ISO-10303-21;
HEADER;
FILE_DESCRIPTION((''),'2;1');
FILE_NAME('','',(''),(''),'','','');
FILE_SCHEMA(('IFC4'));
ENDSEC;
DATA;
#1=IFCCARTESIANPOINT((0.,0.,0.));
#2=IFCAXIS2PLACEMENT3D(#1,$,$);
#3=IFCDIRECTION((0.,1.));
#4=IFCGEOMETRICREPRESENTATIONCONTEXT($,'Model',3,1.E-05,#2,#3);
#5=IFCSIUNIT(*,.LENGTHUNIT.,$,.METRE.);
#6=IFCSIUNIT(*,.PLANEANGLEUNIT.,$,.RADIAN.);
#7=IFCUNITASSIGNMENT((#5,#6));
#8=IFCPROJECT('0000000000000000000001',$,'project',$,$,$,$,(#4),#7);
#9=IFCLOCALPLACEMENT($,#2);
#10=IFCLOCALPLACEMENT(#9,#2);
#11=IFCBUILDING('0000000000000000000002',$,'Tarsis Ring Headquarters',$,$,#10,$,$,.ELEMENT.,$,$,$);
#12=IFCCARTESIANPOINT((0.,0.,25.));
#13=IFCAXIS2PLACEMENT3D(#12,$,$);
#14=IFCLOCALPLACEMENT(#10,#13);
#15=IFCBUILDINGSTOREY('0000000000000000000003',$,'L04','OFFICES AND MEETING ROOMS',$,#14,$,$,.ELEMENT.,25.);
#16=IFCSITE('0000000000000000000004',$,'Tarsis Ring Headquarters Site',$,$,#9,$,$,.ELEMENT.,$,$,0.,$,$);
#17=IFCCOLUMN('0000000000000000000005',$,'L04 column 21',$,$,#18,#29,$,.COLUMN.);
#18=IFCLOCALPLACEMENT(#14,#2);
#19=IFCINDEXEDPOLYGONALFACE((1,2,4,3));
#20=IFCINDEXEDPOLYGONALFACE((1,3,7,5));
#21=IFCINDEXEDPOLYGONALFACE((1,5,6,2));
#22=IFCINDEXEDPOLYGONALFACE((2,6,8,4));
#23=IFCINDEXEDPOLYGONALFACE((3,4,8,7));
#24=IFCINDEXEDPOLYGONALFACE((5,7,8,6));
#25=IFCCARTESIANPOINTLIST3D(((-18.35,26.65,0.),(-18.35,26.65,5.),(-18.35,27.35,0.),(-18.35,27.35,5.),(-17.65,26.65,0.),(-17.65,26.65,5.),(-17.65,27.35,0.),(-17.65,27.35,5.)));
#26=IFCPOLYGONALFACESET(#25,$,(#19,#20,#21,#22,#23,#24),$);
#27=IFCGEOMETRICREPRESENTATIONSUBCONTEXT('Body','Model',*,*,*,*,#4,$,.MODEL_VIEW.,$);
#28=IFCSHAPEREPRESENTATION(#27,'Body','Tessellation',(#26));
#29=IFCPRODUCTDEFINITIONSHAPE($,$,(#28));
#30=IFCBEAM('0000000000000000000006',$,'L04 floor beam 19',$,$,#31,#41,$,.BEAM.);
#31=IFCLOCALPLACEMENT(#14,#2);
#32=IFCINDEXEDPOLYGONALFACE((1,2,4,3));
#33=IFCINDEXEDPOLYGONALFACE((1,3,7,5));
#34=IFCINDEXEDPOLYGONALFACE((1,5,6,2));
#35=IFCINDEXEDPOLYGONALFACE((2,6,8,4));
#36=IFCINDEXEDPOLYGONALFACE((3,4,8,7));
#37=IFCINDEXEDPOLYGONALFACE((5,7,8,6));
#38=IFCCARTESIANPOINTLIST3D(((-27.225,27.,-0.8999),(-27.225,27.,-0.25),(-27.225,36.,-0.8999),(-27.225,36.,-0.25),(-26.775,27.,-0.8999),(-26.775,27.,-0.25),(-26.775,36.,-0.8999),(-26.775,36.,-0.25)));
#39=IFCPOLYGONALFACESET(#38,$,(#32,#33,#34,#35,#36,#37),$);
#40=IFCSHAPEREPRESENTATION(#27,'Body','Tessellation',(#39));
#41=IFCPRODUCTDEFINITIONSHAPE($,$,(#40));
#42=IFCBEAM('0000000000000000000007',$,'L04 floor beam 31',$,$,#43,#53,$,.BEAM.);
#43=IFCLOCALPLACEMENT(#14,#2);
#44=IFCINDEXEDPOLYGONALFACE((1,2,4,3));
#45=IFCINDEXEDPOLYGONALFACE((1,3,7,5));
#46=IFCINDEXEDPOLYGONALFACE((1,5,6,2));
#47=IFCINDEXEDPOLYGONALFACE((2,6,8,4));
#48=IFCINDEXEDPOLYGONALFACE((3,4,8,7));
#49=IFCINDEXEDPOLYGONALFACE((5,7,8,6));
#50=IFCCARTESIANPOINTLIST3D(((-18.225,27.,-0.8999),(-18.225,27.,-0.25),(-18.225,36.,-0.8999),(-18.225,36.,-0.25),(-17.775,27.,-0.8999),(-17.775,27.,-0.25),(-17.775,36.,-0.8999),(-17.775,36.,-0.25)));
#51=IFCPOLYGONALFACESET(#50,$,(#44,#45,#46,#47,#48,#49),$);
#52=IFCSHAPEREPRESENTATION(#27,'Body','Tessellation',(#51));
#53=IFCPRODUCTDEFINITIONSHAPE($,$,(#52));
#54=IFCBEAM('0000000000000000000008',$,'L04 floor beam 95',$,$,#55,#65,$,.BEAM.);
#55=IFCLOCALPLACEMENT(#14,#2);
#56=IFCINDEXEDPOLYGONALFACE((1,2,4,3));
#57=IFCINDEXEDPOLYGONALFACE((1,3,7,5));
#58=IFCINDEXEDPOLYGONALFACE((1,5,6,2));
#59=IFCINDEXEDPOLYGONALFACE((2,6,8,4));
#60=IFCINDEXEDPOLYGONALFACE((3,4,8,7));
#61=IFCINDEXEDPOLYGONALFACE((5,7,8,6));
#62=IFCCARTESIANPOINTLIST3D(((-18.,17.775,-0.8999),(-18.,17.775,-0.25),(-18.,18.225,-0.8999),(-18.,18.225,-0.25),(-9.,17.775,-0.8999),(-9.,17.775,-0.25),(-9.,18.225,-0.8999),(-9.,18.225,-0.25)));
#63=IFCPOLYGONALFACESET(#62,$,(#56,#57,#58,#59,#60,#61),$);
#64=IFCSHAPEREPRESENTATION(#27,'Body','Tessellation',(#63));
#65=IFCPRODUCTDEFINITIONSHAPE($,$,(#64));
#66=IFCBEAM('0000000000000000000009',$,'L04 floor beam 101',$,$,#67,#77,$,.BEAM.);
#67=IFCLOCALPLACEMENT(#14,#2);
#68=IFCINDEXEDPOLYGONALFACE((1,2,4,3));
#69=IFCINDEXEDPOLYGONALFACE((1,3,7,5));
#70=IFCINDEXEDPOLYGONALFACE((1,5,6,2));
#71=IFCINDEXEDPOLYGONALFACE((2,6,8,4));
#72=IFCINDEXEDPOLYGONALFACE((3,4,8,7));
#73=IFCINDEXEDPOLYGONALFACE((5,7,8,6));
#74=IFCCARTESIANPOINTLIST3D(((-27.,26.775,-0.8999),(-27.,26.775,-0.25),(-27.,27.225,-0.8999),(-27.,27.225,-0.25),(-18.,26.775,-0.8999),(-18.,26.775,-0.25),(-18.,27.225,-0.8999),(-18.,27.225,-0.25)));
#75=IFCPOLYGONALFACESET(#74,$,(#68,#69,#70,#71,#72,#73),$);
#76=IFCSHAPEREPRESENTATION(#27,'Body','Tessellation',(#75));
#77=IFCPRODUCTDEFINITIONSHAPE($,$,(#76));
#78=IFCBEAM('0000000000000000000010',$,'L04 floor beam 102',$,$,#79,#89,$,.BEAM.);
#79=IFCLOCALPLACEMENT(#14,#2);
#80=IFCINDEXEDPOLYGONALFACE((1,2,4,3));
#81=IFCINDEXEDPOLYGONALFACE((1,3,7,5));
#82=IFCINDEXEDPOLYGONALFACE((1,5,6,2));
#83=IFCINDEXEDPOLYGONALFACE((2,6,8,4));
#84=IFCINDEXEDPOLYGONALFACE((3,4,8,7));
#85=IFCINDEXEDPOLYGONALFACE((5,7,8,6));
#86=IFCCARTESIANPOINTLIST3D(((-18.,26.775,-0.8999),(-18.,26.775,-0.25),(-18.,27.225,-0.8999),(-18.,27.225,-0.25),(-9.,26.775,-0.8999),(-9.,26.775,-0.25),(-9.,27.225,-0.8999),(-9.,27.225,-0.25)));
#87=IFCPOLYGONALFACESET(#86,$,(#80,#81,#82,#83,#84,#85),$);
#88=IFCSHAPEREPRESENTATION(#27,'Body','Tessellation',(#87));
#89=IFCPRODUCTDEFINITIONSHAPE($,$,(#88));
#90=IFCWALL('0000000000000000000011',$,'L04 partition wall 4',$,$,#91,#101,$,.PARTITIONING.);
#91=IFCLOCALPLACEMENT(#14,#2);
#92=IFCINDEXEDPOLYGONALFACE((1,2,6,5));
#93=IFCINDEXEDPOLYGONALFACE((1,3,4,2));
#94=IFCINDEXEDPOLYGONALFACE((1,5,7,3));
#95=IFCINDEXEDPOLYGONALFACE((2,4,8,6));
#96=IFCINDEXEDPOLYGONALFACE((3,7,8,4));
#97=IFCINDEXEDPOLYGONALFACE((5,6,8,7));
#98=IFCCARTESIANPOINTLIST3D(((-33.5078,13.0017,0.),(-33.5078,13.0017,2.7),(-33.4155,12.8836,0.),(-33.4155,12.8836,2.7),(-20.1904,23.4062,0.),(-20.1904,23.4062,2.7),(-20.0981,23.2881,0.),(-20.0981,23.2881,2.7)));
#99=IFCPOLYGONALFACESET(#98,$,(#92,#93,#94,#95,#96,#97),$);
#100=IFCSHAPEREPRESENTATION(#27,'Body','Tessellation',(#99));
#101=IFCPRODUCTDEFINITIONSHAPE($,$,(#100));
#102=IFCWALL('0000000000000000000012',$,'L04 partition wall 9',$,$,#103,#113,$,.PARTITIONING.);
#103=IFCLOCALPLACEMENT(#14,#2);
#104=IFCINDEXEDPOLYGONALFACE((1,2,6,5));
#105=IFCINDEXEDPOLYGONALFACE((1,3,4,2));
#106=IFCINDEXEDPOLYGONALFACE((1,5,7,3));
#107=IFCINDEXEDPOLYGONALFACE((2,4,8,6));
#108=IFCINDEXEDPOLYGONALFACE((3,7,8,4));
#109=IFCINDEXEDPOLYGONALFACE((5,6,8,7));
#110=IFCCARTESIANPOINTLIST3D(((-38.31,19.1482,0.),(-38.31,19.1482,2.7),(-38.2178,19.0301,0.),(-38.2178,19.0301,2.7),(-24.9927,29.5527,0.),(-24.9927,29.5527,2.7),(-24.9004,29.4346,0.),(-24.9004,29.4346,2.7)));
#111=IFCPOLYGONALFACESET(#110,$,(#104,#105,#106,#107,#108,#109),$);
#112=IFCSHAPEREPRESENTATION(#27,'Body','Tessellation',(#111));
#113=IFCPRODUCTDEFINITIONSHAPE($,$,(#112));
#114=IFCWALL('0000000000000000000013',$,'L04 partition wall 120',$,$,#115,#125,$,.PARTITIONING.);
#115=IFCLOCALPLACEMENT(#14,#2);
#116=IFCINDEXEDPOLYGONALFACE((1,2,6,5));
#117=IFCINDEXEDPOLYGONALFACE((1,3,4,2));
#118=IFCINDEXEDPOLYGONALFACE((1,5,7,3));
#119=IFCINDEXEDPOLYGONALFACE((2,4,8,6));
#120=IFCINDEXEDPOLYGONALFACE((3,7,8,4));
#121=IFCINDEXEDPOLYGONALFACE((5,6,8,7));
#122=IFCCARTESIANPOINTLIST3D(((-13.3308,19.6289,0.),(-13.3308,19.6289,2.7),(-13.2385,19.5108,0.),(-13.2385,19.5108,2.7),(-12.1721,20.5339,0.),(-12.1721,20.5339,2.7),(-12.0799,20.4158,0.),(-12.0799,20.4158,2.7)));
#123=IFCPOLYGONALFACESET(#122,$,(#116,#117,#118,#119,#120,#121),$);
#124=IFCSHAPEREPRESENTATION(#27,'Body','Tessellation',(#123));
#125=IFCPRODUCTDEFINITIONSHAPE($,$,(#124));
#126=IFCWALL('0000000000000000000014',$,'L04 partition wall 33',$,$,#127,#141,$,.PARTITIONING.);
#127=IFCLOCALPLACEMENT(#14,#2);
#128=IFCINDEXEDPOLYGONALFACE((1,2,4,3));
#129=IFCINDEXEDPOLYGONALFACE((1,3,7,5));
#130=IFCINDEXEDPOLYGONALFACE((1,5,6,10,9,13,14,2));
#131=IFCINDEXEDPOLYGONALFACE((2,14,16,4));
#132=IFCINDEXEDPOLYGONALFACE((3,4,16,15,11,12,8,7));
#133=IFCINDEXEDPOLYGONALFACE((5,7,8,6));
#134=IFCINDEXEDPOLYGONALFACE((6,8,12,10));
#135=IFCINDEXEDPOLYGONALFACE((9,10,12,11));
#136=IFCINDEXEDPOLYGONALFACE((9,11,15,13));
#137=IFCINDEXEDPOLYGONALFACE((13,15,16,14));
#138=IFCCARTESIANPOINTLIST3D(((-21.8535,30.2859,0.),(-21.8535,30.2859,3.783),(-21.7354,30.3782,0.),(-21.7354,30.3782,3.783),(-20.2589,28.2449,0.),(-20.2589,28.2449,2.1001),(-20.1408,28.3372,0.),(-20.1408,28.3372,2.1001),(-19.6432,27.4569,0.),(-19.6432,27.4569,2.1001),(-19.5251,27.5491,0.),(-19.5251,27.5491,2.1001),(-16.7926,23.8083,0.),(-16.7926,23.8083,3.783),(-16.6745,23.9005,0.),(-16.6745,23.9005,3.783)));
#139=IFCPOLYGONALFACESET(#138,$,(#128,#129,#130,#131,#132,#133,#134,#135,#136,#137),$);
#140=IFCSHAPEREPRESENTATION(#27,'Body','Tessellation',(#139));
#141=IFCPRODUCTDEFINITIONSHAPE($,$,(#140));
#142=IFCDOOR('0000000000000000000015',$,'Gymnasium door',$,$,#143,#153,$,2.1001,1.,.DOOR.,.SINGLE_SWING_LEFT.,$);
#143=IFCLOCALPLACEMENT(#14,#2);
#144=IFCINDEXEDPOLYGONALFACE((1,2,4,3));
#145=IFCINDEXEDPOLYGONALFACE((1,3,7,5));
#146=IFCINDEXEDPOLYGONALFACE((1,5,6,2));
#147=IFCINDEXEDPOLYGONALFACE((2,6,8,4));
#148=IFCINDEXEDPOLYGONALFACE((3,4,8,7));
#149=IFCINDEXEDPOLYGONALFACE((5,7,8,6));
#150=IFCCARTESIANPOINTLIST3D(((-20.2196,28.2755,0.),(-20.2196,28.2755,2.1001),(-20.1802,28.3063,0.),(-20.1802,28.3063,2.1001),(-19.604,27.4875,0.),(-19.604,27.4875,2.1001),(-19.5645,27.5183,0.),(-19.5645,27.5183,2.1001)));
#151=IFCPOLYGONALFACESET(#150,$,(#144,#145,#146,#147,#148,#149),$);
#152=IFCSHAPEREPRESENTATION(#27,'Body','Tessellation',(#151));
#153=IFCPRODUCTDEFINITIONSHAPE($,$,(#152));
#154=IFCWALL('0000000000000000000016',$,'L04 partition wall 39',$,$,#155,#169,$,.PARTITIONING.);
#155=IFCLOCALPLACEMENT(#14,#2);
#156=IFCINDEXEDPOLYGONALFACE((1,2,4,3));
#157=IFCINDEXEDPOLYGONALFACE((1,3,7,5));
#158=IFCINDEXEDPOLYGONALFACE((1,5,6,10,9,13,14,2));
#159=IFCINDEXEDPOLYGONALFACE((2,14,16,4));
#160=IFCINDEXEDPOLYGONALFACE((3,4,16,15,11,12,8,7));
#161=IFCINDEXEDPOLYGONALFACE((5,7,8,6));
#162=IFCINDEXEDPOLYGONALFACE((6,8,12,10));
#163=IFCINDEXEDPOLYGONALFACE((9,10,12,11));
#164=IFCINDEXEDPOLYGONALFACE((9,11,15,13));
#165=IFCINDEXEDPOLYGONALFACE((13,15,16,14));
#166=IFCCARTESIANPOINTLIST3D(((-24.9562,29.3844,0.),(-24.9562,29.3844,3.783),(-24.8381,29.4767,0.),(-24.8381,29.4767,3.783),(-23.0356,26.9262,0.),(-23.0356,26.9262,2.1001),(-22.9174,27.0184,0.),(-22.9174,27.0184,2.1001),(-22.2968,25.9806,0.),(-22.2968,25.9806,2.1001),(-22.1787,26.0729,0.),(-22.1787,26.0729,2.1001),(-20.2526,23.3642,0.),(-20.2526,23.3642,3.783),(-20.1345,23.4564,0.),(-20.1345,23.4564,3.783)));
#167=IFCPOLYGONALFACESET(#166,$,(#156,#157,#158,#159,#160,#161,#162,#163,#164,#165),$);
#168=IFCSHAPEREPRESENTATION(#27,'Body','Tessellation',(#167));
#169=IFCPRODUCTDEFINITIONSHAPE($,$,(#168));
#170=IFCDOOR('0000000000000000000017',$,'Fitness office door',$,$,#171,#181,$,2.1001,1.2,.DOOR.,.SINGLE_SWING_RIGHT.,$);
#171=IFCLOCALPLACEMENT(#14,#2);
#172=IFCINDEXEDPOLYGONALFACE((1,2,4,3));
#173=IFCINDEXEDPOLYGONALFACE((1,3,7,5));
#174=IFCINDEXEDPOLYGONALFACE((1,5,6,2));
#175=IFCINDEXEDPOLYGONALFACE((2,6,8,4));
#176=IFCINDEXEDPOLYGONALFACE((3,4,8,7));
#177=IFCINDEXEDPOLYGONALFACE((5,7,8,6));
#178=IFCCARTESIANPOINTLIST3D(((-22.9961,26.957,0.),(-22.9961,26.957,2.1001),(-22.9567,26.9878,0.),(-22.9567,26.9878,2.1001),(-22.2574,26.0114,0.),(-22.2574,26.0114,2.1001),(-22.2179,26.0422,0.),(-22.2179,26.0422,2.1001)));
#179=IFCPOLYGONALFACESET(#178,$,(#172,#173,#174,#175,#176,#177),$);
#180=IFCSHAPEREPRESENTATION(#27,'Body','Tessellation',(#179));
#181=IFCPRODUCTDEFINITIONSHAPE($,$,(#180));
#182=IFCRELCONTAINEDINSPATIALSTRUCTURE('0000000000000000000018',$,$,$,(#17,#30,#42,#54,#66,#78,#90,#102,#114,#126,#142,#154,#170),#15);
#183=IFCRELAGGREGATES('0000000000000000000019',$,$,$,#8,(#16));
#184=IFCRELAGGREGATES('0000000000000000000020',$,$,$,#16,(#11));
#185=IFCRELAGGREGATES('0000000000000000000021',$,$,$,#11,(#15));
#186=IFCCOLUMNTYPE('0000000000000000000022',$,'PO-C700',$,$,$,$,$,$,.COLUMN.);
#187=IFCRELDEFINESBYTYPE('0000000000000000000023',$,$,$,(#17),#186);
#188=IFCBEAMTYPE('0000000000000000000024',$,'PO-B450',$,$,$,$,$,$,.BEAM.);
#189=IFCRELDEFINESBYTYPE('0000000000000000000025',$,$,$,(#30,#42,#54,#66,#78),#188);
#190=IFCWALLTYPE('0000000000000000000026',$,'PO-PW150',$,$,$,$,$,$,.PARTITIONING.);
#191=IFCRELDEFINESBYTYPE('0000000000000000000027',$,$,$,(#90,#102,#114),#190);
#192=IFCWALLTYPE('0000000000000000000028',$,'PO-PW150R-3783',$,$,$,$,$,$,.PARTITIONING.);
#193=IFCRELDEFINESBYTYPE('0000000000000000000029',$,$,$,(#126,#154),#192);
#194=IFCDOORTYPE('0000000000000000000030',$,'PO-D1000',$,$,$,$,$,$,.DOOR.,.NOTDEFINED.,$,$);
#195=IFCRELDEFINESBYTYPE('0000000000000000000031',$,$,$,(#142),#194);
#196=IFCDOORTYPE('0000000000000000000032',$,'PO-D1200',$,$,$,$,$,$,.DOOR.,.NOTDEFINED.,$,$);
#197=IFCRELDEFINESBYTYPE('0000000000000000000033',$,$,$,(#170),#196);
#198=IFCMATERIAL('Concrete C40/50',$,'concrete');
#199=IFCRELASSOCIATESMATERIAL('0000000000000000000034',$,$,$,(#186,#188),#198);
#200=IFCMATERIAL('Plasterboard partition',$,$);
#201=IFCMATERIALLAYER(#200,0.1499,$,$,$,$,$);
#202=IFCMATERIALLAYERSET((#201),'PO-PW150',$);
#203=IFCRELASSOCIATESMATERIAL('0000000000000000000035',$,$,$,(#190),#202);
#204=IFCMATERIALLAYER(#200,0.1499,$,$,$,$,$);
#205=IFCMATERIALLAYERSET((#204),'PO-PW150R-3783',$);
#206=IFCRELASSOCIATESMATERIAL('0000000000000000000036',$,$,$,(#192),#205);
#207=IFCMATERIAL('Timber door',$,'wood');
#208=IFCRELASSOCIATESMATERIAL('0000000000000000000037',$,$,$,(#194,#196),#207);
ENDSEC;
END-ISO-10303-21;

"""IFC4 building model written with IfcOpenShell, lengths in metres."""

from ifc_helpers import new_model, si_unit, direction, frame, frame_2d, origin, origin_2d, place, context, subcontext, project, spatial, rectangle, extrude, material, layer, layer_set, material_profile, profile_set, type_object, element, fill, save


model = new_model("IFC4")

# Units and contexts
model_context = context("Model", 3, precision=1e-05, world=origin(), true_north=direction((0.0, 1.0)))
body_context = subcontext(model_context, "Body", "Model", "MODEL_VIEW")
ifc_project = project(units=[si_unit("LENGTHUNIT", "METRE"), si_unit("PLANEANGLEUNIT", "RADIAN")], contexts=[model_context])

# Site, building, storey
site_placement = place(None, origin())
site = spatial("IfcSite", under=ifc_project, at=site_placement, Name="Tarsis Ring Headquarters Site", CompositionType="ELEMENT", RefElevation=0.0)
building_placement = place(site_placement, origin())
building = spatial("IfcBuilding", under=site, at=building_placement, Name="Tarsis Ring Headquarters", CompositionType="ELEMENT")
storey_placement = place(building_placement, frame((0.0, 0.0, 25.0)))
storey = spatial("IfcBuildingStorey", under=building, at=storey_placement, Name="L04", Description="OFFICES AND MEETING ROOMS", CompositionType="ELEMENT", Elevation=25.0)

# Column
ifc_material_1 = material(Name="Concrete C40/50", Category="concrete")
ifc_material_profile_1 = material_profile(ifc_material_1, rectangle(XDim=0.7, YDim=0.7, at=origin_2d()), Name="PO-C700")
ifc_profile_set_1 = profile_set([ifc_material_profile_1], Name="Concrete C40/50")
column_type = type_object("IfcColumnType", Name="PO-C700", PredefinedType="COLUMN", material=ifc_profile_set_1)
column_placement = place(storey_placement, frame((-18.0, 27.0, 0.0), z_axis=(0.0, 0.0, 1.0), x_axis=(1.0, 0.0, 0.0)))
element("IfcColumn", 1, at=column_placement, inside=storey, type_object=column_type, Name="L04 column 21", PredefinedType="COLUMN", context=body_context, shape_type="SweptSolid", body=[
    extrude(rectangle(XDim=0.7, YDim=0.7, at=origin_2d()), origin(), (0.0, 0.0, 1.0), 5.0),
])

# Beams
ifc_material_profile_2 = material_profile(ifc_material_1, rectangle(XDim=0.45, YDim=0.6499, at=origin_2d()), Name="PO-B450")
ifc_profile_set_2 = profile_set([ifc_material_profile_2], Name="Concrete C40/50")
beam_type = type_object("IfcBeamType", Name="PO-B450", PredefinedType="BEAM", material=ifc_profile_set_2)
for number, where, z_axis, x_axis, name in (
    (2, (-27.0, 27.0, -0.575), (0.0, 1.0, 0.0), (-1.0, 0.0, 0.0), "L04 floor beam 19"),
    (3, (-18.0, 27.0, -0.575), (0.0, 1.0, 0.0), (-1.0, 0.0, 0.0), "L04 floor beam 31"),
    (4, (-18.0, 18.0, -0.575), (1.0, 0.0, 0.0), (0.0, 1.0, 0.0), "L04 floor beam 95"),
    (5, (-27.0, 27.0, -0.575), (1.0, 0.0, 0.0), (0.0, 1.0, 0.0), "L04 floor beam 101"),
    (6, (-18.0, 27.0, -0.575), (1.0, 0.0, 0.0), (0.0, 1.0, 0.0), "L04 floor beam 102"),
):
    element("IfcBeam", number, at=place(storey_placement, frame(where, z_axis=z_axis, x_axis=x_axis)), inside=storey, type_object=beam_type, Name=name, PredefinedType="BEAM", context=body_context, shape_type="SweptSolid", body=[
        extrude(rectangle(XDim=0.45, YDim=0.6499, at=origin_2d()), origin(), (0.0, 0.0, 1.0), 9.0),
    ])

# Walls
ifc_material_2 = material(Name="Plasterboard partition")
ifc_layer_1 = layer(ifc_material_2, 0.1499)
ifc_layer_set_1 = layer_set([ifc_layer_1], Name="PO-PW150")
wall_type_1 = type_object("IfcWallType", Name="PO-PW150", PredefinedType="PARTITIONING", material=ifc_layer_set_1)
for number, where, z_axis, x_axis, name in (
    (7, (-20.1443, 23.3472, 0.0), (0.0, 0.0, 1.0), (-0.788015, -0.615656, 0.0), "L04 partition wall 4"),
    (8, (-24.9465, 29.4937, 0.0), (0.0, 0.0, 1.0), (-0.788015, -0.615656, 0.0), "L04 partition wall 9"),
):
    element("IfcWall", number, at=place(storey_placement, frame(where, z_axis=z_axis, x_axis=x_axis)), inside=storey, type_object=wall_type_1, Name=name, PredefinedType="PARTITIONING", context=body_context, shape_type="SweptSolid", body=[
        extrude(rectangle(XDim=16.8999, YDim=0.1499, at=frame_2d((8.45, 0.0))), origin(), (0.0, 0.0, 1.0), 2.7),
    ])
wall_1_placement = place(storey_placement, frame((-13.2847, 19.5698, 0.0), z_axis=(0.0, 0.0, 1.0), x_axis=(0.78809, 0.61556, 0.0)))
element("IfcWall", 9, at=wall_1_placement, inside=storey, type_object=wall_type_1, Name="L04 partition wall 120", PredefinedType="PARTITIONING", context=body_context, shape_type="SweptSolid", body=[
    extrude(rectangle(XDim=1.4702, YDim=0.1499, at=frame_2d((0.7351, 0.0))), origin(), (0.0, 0.0, 1.0), 2.7),
])

# Walls, openings, doors
ifc_layer_2 = layer(ifc_material_2, 0.1499)
ifc_layer_set_2 = layer_set([ifc_layer_2], Name="PO-PW150R-3783")
wall_type_2 = type_object("IfcWallType", Name="PO-PW150R-3783", PredefinedType="PARTITIONING", material=ifc_layer_set_2)
wall_2_placement = place(storey_placement, frame((-21.7944, 30.332, 0.0), z_axis=(0.0, 0.0, 1.0), x_axis=(0.61566, -0.788012, 0.0)))
wall_2 = element("IfcWall", 10, at=wall_2_placement, inside=storey, type_object=wall_type_2, Name="L04 partition wall 33", PredefinedType="PARTITIONING", context=body_context, shape_type="SweptSolid", body=[
    extrude(rectangle(XDim=8.2202, YDim=0.1499, at=frame_2d((4.1101, 0.0))), origin(), (0.0, 0.0, 1.0), 3.783),
])
opening_1_placement = place(wall_2_placement, frame((2.5901, 0.0, 0.0)))
opening_1 = element("IfcOpeningElement", 11, at=opening_1_placement, cuts=wall_2, PredefinedType="OPENING", context=body_context, shape_type="SweptSolid", body=[
    extrude(rectangle(XDim=1.0, YDim=2.1001, at=frame_2d((0.5, 1.05))), frame((0.0, 0.085, 0.0), z_axis=(0.0, -1.0, 0.0), x_axis=(1.0, 0.0, 0.0)), (0.0, 0.0, 1.0), 0.1699),
])
ifc_material_3 = material(Name="Timber door", Category="wood")
door_type_1 = type_object("IfcDoorType", Name="PO-D1000", OperationType="NOTDEFINED", PredefinedType="DOOR", material=ifc_material_3)
door_1_placement = place(opening_1_placement, origin())
door_1 = element("IfcDoor", 12, at=door_1_placement, inside=storey, type_object=door_type_1, Name="Gymnasium door", OperationType="SINGLE_SWING_LEFT", OverallHeight=2.1001, OverallWidth=1.0, PredefinedType="DOOR", context=body_context, shape_type="SweptSolid", body=[
    extrude(rectangle(XDim=1.0, YDim=2.1001, at=frame_2d((0.5, 1.05))), frame((0.0, 0.0249, 0.0), z_axis=(0.0, -1.0, 0.0), x_axis=(1.0, 0.0, 0.0)), (0.0, 0.0, 1.0), 0.05),
])
fill(opening_1, door_1)
wall_3_placement = place(storey_placement, frame((-20.1936, 23.4104, 0.0), z_axis=(0.0, 0.0, 1.0), x_axis=(-0.615667, 0.788006, 0.0)))
wall_3 = element("IfcWall", 13, at=wall_3_placement, inside=storey, type_object=wall_type_2, Name="L04 partition wall 39", PredefinedType="PARTITIONING", context=body_context, shape_type="SweptSolid", body=[
    extrude(rectangle(XDim=7.6399, YDim=0.1499, at=frame_2d((3.8198, 0.0))), origin(), (0.0, 0.0, 1.0), 3.783),
])
opening_2_placement = place(wall_3_placement, frame((3.3201, 0.0, 0.0)))
opening_2 = element("IfcOpeningElement", 14, at=opening_2_placement, cuts=wall_3, PredefinedType="OPENING", context=body_context, shape_type="SweptSolid", body=[
    extrude(rectangle(XDim=1.2, YDim=2.1001, at=frame_2d((0.6001, 1.05))), frame((0.0, 0.085, 0.0), z_axis=(0.0, -1.0, 0.0), x_axis=(1.0, 0.0, 0.0)), (0.0, 0.0, 1.0), 0.1699),
])
door_type_2 = type_object("IfcDoorType", Name="PO-D1200", OperationType="NOTDEFINED", PredefinedType="DOOR", material=ifc_material_3)
door_2_placement = place(opening_2_placement, origin())
door_2 = element("IfcDoor", 15, at=door_2_placement, inside=storey, type_object=door_type_2, Name="Fitness office door", OperationType="SINGLE_SWING_RIGHT", OverallHeight=2.1001, OverallWidth=1.2, PredefinedType="DOOR", context=body_context, shape_type="SweptSolid", body=[
    extrude(rectangle(XDim=1.2, YDim=2.1001, at=frame_2d((0.6001, 1.05))), frame((0.0, 0.0249, 0.0), z_axis=(0.0, -1.0, 0.0), x_axis=(1.0, 0.0, 0.0)), (0.0, 0.0, 1.0), 0.05),
])
fill(opening_2, door_2)

save(model, "model.ifc")
